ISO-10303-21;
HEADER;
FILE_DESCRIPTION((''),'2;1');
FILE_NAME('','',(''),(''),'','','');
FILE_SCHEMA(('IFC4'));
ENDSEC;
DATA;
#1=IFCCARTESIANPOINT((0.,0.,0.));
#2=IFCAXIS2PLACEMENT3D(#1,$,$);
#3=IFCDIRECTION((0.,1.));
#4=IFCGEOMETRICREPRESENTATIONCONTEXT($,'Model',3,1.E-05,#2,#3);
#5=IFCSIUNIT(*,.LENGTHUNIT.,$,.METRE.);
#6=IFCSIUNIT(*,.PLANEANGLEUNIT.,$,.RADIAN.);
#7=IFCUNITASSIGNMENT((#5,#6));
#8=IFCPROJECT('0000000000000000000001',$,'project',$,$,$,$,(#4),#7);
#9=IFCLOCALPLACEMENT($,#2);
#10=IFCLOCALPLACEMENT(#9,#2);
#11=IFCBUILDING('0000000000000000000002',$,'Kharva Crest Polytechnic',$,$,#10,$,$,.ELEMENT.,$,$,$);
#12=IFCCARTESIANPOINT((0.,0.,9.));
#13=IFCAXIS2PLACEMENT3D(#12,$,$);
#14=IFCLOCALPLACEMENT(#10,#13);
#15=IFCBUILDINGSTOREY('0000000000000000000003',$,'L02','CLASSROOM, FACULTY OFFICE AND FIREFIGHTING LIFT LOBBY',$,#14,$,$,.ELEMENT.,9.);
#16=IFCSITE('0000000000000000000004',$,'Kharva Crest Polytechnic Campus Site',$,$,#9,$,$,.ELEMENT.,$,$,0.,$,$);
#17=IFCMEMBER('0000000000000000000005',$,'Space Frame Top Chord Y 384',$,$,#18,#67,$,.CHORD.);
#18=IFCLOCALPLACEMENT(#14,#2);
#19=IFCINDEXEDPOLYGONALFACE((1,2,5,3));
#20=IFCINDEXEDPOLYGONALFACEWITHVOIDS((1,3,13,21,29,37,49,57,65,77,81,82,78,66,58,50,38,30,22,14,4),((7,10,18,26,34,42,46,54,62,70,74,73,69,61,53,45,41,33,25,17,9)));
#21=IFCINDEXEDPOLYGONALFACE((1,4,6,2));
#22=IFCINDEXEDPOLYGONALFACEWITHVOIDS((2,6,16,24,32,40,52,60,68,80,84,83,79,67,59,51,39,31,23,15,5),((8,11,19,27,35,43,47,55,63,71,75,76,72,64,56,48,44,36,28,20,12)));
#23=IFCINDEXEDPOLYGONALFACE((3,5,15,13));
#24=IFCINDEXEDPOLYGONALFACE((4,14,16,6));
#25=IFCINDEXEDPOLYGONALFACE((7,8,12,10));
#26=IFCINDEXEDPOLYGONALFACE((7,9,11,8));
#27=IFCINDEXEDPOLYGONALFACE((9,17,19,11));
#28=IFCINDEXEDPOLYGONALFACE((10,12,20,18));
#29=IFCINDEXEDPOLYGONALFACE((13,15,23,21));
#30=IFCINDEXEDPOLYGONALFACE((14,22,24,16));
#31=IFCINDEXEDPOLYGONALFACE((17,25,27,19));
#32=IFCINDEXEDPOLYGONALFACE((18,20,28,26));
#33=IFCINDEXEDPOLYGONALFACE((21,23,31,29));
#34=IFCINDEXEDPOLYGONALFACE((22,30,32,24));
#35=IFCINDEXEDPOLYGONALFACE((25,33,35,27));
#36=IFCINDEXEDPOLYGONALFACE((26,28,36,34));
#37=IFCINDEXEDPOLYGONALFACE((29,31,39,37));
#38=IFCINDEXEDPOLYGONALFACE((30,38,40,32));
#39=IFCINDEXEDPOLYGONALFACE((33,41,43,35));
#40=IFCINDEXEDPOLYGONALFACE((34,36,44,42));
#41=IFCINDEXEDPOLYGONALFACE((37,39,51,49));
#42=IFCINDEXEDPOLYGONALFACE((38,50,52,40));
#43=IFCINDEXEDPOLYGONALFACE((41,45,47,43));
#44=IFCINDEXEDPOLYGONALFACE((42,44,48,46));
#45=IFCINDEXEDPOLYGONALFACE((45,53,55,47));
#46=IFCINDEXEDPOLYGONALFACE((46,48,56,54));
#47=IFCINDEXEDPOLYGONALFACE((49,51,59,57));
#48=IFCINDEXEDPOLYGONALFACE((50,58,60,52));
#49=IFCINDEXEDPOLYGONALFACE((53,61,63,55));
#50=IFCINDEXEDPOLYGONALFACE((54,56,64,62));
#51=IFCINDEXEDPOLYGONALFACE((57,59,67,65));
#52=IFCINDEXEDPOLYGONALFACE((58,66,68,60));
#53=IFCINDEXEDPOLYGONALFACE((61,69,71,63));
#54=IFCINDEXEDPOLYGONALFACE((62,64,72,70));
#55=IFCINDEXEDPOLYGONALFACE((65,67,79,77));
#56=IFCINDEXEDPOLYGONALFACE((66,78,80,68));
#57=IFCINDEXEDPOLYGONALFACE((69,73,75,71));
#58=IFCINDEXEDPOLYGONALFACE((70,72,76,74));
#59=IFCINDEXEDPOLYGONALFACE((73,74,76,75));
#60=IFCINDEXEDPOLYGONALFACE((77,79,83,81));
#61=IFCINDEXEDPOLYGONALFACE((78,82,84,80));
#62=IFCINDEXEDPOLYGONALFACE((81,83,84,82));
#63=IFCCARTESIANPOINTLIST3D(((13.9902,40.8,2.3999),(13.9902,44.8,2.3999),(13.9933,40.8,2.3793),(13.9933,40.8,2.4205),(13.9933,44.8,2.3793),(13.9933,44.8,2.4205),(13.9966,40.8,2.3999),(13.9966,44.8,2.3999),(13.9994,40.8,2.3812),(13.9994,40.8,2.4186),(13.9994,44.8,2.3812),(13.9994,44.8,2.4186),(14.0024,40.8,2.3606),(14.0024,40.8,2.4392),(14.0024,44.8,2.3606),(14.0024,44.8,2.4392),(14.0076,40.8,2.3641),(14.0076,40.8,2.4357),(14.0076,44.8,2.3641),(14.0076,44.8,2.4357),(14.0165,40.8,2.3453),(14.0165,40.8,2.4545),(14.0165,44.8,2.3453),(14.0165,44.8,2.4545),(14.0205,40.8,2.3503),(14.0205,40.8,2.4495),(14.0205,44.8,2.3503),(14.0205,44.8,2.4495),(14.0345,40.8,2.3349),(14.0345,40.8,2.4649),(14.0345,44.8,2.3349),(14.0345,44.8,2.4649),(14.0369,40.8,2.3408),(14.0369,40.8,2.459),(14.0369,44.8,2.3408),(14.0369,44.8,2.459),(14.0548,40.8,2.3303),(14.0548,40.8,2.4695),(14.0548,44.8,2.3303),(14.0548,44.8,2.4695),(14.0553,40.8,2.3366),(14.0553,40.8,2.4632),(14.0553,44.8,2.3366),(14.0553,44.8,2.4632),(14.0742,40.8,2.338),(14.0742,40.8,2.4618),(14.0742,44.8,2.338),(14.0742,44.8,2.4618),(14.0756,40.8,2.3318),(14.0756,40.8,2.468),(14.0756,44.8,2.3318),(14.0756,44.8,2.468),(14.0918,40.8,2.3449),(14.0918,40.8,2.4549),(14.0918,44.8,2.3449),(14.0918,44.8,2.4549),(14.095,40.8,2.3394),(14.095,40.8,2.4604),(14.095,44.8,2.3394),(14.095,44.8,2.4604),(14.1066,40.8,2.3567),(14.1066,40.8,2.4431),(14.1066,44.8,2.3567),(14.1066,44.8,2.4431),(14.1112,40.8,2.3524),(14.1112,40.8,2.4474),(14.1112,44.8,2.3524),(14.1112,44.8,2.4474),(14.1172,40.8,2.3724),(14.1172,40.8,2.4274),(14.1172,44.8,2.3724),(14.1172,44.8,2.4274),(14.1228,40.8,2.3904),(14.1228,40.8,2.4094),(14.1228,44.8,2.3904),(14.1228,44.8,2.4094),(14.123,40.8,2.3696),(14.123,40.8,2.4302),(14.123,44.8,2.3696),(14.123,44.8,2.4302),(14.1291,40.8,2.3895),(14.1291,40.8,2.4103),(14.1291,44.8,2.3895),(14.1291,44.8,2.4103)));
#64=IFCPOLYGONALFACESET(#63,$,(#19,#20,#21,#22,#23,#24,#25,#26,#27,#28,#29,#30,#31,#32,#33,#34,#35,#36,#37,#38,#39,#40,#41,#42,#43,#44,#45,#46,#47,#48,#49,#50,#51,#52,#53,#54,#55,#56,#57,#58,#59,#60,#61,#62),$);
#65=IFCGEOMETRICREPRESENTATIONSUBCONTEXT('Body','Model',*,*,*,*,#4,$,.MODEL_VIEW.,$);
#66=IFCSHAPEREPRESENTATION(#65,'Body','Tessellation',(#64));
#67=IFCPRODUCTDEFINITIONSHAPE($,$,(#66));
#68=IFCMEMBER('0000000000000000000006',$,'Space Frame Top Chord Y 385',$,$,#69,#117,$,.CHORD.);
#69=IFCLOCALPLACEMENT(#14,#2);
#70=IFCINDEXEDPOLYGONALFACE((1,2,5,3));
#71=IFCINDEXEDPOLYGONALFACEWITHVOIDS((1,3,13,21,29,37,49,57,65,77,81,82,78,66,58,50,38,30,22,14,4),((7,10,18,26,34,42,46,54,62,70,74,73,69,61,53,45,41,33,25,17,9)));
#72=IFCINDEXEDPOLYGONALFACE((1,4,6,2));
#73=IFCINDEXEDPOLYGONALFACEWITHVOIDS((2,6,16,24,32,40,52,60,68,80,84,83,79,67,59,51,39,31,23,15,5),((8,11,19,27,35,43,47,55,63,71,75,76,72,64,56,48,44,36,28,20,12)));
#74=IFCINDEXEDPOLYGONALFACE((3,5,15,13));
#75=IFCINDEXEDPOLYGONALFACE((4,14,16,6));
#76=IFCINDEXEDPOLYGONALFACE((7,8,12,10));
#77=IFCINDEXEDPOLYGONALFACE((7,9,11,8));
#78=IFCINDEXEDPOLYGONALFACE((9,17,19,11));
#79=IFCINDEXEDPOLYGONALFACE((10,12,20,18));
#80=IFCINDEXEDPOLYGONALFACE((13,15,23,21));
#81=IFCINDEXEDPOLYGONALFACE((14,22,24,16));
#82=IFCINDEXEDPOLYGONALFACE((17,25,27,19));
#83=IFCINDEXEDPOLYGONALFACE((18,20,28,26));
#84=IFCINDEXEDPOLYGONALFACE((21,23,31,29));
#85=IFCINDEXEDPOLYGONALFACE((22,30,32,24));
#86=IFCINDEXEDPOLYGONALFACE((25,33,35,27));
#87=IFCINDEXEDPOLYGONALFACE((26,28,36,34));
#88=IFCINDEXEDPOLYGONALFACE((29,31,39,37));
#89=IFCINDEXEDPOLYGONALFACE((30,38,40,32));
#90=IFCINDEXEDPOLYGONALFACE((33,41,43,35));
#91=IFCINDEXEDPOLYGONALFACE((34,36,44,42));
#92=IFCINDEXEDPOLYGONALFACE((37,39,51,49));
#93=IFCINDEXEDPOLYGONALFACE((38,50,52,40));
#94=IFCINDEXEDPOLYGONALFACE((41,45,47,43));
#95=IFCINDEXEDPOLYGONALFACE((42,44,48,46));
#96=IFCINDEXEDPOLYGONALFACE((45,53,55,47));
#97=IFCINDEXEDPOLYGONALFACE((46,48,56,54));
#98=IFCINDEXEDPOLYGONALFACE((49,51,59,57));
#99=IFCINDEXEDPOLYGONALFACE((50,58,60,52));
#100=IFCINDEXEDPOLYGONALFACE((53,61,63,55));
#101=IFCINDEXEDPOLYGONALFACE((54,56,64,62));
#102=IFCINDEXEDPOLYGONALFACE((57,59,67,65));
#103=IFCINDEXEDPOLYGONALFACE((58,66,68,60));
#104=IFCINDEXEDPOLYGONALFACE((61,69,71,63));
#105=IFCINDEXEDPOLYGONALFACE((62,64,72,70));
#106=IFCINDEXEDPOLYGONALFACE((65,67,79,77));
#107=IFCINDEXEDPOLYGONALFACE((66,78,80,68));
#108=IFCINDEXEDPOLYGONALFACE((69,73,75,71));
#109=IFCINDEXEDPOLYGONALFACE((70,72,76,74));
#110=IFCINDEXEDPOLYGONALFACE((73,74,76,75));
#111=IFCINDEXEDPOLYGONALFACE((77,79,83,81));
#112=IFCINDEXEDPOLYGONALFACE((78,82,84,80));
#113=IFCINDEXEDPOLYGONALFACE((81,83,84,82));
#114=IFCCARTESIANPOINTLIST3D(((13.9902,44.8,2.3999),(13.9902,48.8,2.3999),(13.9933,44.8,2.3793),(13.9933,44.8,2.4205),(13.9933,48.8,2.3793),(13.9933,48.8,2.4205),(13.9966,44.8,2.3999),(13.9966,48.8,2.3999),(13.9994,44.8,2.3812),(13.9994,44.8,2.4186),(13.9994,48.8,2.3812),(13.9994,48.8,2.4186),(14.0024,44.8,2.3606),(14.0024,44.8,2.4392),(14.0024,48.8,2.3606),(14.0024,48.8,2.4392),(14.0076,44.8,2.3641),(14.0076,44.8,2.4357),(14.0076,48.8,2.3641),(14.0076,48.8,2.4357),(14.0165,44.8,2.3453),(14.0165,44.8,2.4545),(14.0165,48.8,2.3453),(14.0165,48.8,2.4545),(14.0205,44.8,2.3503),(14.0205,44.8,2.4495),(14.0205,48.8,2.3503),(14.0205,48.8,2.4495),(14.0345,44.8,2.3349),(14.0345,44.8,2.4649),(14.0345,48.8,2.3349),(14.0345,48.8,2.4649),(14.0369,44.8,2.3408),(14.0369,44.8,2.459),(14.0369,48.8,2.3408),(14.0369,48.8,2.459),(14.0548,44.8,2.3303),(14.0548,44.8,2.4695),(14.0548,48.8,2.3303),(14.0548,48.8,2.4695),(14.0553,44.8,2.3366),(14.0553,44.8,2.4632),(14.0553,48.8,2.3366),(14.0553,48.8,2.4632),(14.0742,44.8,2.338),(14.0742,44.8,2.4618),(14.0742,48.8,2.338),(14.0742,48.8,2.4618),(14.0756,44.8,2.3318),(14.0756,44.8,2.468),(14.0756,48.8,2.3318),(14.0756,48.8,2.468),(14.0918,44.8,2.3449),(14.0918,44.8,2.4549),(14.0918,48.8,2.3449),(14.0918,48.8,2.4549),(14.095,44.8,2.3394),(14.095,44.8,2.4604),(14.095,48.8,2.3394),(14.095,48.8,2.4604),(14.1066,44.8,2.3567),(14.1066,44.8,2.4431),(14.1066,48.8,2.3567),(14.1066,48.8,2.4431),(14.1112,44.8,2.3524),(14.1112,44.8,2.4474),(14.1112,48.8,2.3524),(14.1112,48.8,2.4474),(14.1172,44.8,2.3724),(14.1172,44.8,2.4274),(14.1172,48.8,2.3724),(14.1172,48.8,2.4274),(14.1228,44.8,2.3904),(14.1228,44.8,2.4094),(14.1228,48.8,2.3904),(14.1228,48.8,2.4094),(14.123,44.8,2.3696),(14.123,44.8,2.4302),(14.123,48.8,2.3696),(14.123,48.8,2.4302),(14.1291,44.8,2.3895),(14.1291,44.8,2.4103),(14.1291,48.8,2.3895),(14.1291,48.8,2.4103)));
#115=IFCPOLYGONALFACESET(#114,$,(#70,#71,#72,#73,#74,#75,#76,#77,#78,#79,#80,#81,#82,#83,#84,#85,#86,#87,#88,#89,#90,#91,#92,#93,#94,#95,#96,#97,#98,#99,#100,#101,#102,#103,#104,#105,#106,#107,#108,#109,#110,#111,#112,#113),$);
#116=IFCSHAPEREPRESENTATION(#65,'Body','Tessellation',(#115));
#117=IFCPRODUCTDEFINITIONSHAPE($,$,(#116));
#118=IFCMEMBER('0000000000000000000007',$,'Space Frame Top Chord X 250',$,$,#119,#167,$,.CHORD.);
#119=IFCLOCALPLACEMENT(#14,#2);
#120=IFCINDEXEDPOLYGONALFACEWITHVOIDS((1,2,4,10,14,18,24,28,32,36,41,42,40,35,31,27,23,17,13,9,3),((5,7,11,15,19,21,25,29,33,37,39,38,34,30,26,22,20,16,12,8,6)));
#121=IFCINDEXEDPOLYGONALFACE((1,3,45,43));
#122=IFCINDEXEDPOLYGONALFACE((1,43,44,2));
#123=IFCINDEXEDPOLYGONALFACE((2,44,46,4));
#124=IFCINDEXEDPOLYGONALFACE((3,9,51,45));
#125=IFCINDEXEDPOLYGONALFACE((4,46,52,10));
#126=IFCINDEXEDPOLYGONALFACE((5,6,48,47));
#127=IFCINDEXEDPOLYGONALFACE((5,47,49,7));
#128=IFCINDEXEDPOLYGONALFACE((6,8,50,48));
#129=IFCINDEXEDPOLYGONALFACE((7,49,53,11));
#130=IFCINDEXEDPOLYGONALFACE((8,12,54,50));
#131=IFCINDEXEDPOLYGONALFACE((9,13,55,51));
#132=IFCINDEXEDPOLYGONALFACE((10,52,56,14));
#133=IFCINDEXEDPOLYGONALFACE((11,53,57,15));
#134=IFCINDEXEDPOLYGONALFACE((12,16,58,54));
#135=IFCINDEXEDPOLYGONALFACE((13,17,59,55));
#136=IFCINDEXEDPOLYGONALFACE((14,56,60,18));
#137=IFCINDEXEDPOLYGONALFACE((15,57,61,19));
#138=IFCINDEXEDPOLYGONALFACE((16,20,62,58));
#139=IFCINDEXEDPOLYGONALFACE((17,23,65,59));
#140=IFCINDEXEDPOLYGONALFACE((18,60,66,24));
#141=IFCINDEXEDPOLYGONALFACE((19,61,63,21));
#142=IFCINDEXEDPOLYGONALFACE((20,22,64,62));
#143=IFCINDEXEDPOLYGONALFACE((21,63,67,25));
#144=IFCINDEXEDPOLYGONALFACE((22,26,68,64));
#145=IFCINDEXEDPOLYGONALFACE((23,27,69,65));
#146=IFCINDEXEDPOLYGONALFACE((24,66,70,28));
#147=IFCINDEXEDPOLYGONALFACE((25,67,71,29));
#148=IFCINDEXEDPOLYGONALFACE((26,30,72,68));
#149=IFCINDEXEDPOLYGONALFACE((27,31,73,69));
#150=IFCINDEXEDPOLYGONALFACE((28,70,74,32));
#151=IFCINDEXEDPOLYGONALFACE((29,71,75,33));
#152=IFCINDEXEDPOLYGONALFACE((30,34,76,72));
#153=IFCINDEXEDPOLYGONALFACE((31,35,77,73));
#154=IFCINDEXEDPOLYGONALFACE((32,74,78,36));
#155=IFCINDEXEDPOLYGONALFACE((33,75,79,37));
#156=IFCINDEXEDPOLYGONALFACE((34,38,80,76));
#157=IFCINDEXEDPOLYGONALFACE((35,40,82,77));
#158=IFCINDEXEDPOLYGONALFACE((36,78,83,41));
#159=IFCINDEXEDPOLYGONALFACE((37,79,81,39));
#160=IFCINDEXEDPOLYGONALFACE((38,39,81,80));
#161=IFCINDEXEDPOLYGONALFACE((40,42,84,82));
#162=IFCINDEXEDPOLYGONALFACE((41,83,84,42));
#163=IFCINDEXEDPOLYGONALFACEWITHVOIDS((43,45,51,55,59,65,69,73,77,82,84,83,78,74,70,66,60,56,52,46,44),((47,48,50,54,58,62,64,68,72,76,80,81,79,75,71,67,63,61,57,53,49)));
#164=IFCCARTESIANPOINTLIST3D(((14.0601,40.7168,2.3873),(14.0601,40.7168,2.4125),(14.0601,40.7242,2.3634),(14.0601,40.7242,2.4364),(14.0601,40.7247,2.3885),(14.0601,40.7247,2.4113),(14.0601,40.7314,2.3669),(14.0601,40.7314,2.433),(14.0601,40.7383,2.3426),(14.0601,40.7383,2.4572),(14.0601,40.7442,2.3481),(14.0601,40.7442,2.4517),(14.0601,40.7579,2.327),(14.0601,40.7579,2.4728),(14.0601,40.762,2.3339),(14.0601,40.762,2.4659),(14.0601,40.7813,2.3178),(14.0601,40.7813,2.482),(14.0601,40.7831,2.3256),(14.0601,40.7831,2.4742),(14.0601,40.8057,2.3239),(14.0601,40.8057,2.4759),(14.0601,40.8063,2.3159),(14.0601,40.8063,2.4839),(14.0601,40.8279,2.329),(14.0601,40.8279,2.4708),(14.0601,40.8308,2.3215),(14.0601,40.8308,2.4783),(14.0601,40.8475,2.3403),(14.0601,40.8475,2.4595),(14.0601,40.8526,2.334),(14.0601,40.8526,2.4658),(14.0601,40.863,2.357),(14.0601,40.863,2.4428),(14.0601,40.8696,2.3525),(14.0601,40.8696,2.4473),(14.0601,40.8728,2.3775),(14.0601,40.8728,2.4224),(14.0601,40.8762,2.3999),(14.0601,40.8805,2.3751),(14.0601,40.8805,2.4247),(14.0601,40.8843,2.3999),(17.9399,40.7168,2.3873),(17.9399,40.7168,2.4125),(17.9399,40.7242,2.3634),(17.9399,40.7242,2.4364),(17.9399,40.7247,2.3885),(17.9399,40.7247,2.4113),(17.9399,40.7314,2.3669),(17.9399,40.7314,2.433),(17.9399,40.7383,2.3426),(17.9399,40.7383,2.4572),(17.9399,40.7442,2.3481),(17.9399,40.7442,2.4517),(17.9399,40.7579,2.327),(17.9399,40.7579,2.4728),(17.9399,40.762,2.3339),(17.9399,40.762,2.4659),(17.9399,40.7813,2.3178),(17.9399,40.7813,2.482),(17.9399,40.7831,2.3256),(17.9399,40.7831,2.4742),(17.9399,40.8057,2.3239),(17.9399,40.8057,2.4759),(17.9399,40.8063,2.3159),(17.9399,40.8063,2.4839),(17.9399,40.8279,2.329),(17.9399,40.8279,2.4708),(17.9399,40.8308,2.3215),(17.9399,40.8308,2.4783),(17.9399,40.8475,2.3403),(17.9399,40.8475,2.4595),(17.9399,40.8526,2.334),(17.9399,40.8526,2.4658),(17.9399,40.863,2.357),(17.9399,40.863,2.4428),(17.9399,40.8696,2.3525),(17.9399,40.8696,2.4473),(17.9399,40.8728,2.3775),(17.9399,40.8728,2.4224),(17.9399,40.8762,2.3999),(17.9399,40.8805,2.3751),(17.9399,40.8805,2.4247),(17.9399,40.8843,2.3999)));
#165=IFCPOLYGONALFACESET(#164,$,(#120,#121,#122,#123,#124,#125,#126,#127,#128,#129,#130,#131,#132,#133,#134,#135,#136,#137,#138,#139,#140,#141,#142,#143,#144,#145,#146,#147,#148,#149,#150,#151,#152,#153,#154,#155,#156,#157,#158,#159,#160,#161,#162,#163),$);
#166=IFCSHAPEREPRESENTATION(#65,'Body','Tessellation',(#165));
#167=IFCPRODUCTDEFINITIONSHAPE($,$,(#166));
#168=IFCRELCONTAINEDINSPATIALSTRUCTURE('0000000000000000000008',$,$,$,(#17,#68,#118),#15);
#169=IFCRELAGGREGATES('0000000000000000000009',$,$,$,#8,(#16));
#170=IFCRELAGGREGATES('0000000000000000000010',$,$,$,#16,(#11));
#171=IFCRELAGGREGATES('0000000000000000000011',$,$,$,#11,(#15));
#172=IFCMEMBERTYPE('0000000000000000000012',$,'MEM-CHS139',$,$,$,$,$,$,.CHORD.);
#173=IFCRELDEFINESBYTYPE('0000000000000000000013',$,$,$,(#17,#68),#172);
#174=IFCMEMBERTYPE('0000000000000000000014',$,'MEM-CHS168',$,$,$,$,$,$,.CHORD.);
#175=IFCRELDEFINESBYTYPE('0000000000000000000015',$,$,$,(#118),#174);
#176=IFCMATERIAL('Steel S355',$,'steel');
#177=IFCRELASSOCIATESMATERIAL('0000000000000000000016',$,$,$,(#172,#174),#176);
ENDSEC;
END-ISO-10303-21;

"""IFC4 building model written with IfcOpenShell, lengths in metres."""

from ifc_helpers import new_model, si_unit, direction, frame, origin, origin_2d, place, context, subcontext, project, spatial, hollow_circle, extrude, material, material_profile, profile_set, type_object, element, save


model = new_model("IFC4")

# Units and contexts
model_context = context("Model", 3, precision=1e-05, world=origin(), true_north=direction((0.0, 1.0)))
body_context = subcontext(model_context, "Body", "Model", "MODEL_VIEW")
ifc_project = project(units=[si_unit("LENGTHUNIT", "METRE"), si_unit("PLANEANGLEUNIT", "RADIAN")], contexts=[model_context])

# Site, building, storey
site_placement = place(None, origin())
site = spatial("IfcSite", under=ifc_project, at=site_placement, Name="Kharva Crest Polytechnic Campus Site", CompositionType="ELEMENT", RefElevation=0.0)
building_placement = place(site_placement, origin())
building = spatial("IfcBuilding", under=site, at=building_placement, Name="Kharva Crest Polytechnic", CompositionType="ELEMENT")
storey_placement = place(building_placement, frame((0.0, 0.0, 9.0)))
storey = spatial("IfcBuildingStorey", under=building, at=storey_placement, Name="L02", Description="CLASSROOM, FACULTY OFFICE AND FIREFIGHTING LIFT LOBBY", CompositionType="ELEMENT", Elevation=9.0)

# Shared definitions
ifc_material_1 = material(Name="Steel S355", Category="steel")

# Members
ifc_material_profile_1 = material_profile(ifc_material_1, hollow_circle(Radius=0.0698, WallThickness=0.0063, at=origin_2d()), Name="CHS 139.7X6.3")
ifc_profile_set_1 = profile_set([ifc_material_profile_1], Name="Steel S355")
member_type_1 = type_object("IfcMemberType", Name="MEM-CHS139", PredefinedType="CHORD", material=ifc_profile_set_1)
for number, where, z_axis, x_axis, name in (
    (1, (14.0601, 40.8, 2.3999), (0.0, 1.0, 0.0), (-1.0, 0.0, 0.0), "Space Frame Top Chord Y 384"),
    (2, (14.0601, 44.8, 2.3999), (0.0, 1.0, 0.0), (-1.0, 0.0, 0.0), "Space Frame Top Chord Y 385"),
):
    element("IfcMember", number, at=place(storey_placement, frame(where, z_axis=z_axis, x_axis=x_axis)), inside=storey, type_object=member_type_1, Name=name, PredefinedType="CHORD", context=body_context, shape_type="SweptSolid", body=[
        extrude(hollow_circle(Radius=0.0698, WallThickness=0.0063, at=origin_2d()), origin(), (0.0, 0.0, 1.0), 4.0),
    ])
ifc_material_profile_2 = material_profile(ifc_material_1, hollow_circle(Radius=0.0842, WallThickness=0.0081, at=origin_2d()), Name="CHS 168.3X8.0")
ifc_profile_set_2 = profile_set([ifc_material_profile_2], Name="Steel S355")
member_type_2 = type_object("IfcMemberType", Name="MEM-CHS168", PredefinedType="CHORD", material=ifc_profile_set_2)
for number, where, z_axis, x_axis, name in (
    (3, (14.0601, 40.8, 2.3999), (1.0, 0.0, 0.0), (0.0, 1.0, 0.0), "Space Frame Top Chord X 250"),
):
    element("IfcMember", number, at=place(storey_placement, frame(where, z_axis=z_axis, x_axis=x_axis)), inside=storey, type_object=member_type_2, Name=name, PredefinedType="CHORD", context=body_context, shape_type="SweptSolid", body=[
        extrude(hollow_circle(Radius=0.0842, WallThickness=0.0081, at=origin_2d()), origin(), (0.0, 0.0, 1.0), 3.8799),
    ])

save(model, "model.ifc")
